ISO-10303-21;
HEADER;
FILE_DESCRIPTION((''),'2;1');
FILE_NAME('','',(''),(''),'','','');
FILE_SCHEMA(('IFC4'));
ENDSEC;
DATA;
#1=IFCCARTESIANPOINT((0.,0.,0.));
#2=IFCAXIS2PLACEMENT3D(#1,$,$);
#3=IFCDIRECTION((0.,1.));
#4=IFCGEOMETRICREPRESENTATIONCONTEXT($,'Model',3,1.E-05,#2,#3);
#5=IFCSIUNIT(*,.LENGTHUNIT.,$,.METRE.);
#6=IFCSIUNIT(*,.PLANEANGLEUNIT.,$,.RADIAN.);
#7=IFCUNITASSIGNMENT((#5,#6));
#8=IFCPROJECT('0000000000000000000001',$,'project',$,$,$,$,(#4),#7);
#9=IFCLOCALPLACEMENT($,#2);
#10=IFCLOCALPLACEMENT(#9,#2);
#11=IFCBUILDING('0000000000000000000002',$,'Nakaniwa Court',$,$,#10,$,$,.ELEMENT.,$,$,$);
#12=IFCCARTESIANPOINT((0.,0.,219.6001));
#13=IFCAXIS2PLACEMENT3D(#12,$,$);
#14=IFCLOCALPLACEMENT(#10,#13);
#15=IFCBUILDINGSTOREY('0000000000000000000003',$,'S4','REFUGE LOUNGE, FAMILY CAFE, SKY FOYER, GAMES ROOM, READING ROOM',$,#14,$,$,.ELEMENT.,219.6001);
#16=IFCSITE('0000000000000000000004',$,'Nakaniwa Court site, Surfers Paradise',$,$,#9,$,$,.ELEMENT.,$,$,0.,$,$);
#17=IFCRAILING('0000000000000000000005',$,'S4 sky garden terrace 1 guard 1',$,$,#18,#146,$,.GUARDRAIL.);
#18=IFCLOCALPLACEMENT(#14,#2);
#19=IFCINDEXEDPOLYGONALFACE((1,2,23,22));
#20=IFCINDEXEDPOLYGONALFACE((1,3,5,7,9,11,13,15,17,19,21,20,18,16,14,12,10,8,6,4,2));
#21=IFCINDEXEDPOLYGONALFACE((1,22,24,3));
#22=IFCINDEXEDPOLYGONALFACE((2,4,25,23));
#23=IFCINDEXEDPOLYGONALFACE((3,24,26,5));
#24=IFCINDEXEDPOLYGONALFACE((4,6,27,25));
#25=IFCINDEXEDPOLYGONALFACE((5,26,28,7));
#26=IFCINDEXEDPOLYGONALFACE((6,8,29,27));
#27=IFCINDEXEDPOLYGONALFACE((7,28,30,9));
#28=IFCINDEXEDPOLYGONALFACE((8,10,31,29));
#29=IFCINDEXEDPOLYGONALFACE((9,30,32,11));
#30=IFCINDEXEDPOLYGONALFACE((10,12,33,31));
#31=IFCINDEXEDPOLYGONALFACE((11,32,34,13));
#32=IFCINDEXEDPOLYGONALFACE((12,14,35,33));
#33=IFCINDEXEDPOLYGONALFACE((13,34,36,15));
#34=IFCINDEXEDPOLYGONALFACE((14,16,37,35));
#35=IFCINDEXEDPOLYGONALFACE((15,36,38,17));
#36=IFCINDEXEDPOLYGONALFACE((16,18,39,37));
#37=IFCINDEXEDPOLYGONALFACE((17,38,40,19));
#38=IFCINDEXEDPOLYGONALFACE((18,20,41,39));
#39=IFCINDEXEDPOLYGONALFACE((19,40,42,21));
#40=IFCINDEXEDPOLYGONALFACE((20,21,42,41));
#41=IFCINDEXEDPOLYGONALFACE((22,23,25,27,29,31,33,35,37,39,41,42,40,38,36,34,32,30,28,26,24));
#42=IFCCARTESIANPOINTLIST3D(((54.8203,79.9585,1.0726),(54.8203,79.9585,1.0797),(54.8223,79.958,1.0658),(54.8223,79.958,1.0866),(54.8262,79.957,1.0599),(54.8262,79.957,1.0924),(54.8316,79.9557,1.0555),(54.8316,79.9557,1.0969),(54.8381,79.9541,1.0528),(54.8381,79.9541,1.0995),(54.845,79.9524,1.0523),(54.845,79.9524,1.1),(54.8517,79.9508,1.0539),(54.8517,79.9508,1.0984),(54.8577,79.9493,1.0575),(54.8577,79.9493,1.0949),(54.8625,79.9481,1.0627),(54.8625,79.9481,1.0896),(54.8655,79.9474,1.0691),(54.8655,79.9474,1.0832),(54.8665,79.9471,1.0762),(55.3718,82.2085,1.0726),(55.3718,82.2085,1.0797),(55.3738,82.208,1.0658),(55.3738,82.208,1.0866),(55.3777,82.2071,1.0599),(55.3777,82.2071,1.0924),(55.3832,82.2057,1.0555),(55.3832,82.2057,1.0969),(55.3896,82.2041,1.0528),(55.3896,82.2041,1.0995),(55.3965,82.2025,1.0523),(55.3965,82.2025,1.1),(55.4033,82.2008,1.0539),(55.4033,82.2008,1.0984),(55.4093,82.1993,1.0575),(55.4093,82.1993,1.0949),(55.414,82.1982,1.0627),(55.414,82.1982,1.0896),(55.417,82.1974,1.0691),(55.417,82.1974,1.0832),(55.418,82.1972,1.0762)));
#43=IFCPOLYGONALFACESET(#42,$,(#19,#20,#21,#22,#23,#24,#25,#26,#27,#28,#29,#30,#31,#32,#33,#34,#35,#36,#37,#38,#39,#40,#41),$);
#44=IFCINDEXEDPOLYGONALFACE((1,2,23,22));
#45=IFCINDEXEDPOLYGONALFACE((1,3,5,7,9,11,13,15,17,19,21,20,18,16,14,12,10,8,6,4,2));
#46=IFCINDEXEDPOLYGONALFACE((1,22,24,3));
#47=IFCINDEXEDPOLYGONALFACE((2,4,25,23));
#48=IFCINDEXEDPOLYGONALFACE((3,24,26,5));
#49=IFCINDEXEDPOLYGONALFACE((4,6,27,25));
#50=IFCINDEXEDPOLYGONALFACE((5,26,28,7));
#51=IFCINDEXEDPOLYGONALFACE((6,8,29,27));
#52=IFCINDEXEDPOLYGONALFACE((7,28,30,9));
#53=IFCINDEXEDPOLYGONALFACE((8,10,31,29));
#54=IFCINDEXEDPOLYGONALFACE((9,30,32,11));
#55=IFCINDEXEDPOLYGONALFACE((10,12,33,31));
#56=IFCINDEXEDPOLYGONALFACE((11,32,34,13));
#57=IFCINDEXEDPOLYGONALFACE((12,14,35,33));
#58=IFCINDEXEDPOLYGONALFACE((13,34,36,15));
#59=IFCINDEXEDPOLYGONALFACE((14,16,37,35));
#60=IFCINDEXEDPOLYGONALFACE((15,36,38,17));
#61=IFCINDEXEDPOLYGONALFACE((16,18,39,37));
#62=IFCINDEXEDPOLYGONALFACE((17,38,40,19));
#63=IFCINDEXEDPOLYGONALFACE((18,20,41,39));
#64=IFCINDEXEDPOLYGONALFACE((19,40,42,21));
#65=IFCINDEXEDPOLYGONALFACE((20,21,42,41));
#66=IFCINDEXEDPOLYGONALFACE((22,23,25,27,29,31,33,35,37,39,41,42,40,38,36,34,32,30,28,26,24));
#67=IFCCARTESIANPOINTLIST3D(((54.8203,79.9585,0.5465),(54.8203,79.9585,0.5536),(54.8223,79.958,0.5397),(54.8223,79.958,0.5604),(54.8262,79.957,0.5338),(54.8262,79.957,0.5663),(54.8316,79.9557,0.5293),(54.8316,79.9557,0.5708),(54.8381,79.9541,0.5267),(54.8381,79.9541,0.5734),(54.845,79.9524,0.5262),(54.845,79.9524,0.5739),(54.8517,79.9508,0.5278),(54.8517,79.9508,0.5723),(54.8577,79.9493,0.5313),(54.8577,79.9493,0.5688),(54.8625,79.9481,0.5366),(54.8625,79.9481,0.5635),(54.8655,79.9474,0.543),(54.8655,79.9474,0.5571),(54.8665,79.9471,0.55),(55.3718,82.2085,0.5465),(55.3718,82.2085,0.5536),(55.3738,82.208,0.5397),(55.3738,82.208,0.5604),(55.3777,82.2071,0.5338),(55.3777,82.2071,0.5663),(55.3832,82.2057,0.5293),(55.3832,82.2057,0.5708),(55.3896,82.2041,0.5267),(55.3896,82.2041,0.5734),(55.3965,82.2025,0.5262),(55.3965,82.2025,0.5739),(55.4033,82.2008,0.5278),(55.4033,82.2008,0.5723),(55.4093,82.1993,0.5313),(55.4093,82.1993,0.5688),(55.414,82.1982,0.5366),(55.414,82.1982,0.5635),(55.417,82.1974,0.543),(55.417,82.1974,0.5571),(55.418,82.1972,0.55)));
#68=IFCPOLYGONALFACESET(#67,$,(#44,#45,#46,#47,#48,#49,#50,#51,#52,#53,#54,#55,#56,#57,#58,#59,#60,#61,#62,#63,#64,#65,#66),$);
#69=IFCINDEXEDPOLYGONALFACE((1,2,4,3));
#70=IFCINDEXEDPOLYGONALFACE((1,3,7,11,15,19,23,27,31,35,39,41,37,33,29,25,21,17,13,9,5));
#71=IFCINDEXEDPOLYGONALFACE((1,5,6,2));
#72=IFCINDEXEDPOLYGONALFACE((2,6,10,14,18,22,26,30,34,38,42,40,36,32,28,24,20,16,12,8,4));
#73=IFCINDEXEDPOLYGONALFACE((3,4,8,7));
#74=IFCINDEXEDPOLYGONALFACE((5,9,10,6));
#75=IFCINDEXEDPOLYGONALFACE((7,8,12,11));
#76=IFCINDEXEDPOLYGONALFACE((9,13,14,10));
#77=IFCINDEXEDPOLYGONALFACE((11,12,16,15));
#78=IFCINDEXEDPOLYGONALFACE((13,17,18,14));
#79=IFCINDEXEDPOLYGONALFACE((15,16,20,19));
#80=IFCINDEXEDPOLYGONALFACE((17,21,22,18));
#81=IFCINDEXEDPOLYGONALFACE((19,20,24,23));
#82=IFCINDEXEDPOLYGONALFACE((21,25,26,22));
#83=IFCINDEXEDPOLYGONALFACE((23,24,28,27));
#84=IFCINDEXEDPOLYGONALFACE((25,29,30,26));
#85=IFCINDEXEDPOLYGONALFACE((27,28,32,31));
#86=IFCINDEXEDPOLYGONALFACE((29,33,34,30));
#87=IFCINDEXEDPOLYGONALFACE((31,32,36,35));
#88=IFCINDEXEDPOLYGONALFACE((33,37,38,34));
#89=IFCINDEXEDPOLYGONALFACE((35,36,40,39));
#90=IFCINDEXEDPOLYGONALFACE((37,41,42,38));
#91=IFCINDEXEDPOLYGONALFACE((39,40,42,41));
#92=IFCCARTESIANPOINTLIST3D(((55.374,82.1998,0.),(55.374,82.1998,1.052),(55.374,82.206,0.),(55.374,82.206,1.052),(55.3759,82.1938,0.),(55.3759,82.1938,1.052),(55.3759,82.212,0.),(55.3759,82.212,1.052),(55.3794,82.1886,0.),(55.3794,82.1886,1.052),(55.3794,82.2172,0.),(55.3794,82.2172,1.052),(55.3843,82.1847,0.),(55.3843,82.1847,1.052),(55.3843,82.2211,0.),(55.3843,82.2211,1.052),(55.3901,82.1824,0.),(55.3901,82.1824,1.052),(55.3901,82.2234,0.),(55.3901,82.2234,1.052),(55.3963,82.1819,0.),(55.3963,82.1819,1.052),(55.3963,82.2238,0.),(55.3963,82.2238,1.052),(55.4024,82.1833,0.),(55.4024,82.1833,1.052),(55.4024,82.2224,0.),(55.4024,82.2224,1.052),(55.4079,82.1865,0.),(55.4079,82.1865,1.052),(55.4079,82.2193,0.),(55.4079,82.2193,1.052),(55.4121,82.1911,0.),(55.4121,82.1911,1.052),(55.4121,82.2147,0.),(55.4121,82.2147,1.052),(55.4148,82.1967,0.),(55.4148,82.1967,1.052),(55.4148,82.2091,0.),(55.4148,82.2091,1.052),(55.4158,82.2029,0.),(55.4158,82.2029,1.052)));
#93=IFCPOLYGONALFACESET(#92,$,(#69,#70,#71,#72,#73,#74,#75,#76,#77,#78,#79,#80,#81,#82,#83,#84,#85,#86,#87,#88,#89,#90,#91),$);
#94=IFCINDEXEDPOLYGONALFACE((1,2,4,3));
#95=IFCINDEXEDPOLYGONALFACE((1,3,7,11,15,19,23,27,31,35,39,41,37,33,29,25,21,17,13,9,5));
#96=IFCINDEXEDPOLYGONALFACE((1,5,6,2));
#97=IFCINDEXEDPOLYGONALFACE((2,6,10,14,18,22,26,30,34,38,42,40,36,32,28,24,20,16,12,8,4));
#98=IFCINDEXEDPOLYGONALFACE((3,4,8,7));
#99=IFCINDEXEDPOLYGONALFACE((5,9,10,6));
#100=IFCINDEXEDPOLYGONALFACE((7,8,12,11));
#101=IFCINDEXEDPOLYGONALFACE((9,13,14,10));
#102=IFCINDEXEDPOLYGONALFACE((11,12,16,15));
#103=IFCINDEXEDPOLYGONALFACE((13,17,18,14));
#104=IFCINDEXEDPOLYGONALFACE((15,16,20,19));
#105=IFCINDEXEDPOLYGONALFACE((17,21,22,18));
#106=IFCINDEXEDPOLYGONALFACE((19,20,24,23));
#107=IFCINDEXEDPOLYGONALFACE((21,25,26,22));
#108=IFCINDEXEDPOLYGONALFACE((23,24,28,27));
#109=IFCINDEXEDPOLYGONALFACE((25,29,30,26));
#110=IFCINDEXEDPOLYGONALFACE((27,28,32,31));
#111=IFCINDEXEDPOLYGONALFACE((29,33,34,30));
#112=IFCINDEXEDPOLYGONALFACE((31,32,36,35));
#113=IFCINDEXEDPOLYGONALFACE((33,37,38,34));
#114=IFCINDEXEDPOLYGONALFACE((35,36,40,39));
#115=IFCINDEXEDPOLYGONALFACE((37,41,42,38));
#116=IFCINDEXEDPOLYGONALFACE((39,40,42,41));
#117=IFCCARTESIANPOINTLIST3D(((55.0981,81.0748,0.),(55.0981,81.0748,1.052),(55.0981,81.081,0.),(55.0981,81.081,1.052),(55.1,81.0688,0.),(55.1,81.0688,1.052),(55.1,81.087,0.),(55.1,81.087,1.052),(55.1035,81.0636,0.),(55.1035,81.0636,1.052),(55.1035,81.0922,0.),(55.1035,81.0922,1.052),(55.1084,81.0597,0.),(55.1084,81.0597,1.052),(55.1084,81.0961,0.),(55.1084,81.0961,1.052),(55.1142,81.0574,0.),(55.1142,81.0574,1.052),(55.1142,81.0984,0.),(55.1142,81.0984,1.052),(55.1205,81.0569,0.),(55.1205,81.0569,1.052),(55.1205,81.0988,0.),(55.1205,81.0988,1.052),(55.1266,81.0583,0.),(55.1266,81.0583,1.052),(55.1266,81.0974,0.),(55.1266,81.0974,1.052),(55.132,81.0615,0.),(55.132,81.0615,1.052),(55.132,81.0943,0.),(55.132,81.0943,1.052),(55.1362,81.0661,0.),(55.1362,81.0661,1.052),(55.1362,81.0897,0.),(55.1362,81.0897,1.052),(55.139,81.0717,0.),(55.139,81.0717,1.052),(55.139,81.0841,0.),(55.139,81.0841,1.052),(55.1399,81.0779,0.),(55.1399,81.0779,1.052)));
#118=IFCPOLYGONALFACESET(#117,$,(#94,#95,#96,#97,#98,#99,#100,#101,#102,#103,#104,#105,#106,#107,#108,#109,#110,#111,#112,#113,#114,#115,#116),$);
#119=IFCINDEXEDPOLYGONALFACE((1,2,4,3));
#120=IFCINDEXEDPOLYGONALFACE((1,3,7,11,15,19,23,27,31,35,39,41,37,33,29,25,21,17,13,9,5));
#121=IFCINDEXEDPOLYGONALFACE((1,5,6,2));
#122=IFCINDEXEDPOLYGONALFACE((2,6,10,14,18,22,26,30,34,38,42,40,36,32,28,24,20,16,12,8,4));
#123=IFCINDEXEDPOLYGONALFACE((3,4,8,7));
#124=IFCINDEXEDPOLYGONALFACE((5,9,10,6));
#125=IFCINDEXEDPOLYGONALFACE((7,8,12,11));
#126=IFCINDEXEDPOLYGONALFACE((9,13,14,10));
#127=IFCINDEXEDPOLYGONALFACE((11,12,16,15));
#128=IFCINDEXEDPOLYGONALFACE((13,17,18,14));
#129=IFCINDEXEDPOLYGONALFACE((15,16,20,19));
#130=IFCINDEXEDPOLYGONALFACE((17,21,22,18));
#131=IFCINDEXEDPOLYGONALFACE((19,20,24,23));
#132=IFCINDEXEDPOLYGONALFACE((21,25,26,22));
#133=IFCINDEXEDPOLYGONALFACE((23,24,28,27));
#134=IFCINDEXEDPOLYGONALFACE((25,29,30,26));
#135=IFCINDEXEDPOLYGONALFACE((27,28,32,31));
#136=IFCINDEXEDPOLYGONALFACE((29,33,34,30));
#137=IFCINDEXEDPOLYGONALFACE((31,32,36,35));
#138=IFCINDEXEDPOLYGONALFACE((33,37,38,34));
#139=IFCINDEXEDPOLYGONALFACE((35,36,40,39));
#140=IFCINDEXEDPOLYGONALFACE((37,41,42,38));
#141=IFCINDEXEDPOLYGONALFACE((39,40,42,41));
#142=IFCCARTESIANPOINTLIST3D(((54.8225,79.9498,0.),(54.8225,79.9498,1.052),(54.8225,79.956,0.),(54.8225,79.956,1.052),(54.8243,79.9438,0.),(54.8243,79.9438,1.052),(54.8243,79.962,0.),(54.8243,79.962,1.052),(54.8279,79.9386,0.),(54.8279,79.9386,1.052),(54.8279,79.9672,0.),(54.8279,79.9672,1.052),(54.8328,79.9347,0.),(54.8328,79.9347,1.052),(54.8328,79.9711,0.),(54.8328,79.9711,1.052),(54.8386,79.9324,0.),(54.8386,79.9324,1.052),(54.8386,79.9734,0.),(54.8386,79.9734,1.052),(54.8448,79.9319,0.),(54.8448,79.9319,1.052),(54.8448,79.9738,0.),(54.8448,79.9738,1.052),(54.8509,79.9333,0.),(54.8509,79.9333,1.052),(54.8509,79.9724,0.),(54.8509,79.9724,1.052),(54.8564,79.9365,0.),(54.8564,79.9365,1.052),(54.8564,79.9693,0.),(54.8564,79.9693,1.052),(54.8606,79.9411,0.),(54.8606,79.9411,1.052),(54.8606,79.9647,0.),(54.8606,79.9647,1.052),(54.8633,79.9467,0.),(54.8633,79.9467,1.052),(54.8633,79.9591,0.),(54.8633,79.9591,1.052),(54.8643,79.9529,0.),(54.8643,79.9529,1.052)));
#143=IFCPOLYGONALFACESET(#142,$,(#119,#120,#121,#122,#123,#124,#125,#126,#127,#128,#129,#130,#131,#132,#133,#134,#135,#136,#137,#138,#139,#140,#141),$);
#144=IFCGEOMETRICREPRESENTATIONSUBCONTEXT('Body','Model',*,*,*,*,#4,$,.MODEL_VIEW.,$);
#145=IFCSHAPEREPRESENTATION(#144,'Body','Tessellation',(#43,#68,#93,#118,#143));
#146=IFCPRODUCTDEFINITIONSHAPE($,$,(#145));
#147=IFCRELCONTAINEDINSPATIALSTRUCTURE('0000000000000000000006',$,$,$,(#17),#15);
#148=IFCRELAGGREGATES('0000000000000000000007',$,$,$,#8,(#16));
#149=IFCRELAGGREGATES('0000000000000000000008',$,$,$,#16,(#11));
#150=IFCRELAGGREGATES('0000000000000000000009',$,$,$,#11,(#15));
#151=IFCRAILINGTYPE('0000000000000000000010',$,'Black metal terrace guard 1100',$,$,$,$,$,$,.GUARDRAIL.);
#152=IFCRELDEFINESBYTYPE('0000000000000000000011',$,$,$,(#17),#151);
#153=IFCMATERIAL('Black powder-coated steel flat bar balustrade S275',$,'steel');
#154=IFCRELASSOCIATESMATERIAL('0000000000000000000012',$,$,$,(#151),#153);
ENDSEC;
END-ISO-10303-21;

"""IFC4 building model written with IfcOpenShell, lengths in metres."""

from ifc_helpers import new_model, si_unit, direction, frame, origin, origin_2d, place, context, subcontext, project, spatial, circle, extrude, material, type_object, element, save


model = new_model("IFC4")

# Units and contexts
model_context = context("Model", 3, precision=1e-05, world=origin(), true_north=direction((0.0, 1.0)))
body_context = subcontext(model_context, "Body", "Model", "MODEL_VIEW")
ifc_project = project(units=[si_unit("LENGTHUNIT", "METRE"), si_unit("PLANEANGLEUNIT", "RADIAN")], contexts=[model_context])

# Site, building, storey
site_placement = place(None, origin())
site = spatial("IfcSite", under=ifc_project, at=site_placement, Name="Nakaniwa Court site, Surfers Paradise", CompositionType="ELEMENT", RefElevation=0.0)
building_placement = place(site_placement, origin())
building = spatial("IfcBuilding", under=site, at=building_placement, Name="Nakaniwa Court", CompositionType="ELEMENT")
storey_placement = place(building_placement, frame((0.0, 0.0, 219.6001)))
storey = spatial("IfcBuildingStorey", under=building, at=storey_placement, Name="S4", Description="REFUGE LOUNGE, FAMILY CAFE, SKY FOYER, GAMES ROOM, READING ROOM", CompositionType="ELEMENT", Elevation=219.6001)

# Railing
ifc_material_1 = material(Name="Black powder-coated steel flat bar balustrade S275", Category="steel")
railing_type = type_object("IfcRailingType", Name="Black metal terrace guard 1100", PredefinedType="GUARDRAIL", material=ifc_material_1)
railing_1_placement = place(storey_placement, frame((55.3948, 82.2029, 0.0)))
element("IfcRailing", 1, at=railing_1_placement, inside=storey, type_object=railing_type, Name="S4 sky garden terrace 1 guard 1", PredefinedType="GUARDRAIL", context=body_context, shape_type="SweptSolid", body=[
    extrude(circle(Radius=0.0239, at=origin_2d()), frame((0.0, 0.0, 1.0762), z_axis=(-0.23807, -0.971248, 0.0), x_axis=(0.971248, -0.23807, 0.0)), (0.0, 0.0, 1.0), 2.3167),
    extrude(circle(Radius=0.0239, at=origin_2d()), frame((0.0, 0.0, 0.55), z_axis=(-0.23807, -0.971248, 0.0), x_axis=(0.971248, -0.23807, 0.0)), (0.0, 0.0, 1.0), 2.3167),
    extrude(circle(Radius=0.021, at=origin_2d()), origin(), (0.0, 0.0, 1.0), 1.052),
    extrude(circle(Radius=0.021, at=origin_2d()), frame((-0.2759, -1.125, 0.0)), (0.0, 0.0, 1.0), 1.052),
    extrude(circle(Radius=0.021, at=origin_2d()), frame((-0.5515, -2.25, 0.0)), (0.0, 0.0, 1.0), 1.052),
])

save(model, "model.ifc")
